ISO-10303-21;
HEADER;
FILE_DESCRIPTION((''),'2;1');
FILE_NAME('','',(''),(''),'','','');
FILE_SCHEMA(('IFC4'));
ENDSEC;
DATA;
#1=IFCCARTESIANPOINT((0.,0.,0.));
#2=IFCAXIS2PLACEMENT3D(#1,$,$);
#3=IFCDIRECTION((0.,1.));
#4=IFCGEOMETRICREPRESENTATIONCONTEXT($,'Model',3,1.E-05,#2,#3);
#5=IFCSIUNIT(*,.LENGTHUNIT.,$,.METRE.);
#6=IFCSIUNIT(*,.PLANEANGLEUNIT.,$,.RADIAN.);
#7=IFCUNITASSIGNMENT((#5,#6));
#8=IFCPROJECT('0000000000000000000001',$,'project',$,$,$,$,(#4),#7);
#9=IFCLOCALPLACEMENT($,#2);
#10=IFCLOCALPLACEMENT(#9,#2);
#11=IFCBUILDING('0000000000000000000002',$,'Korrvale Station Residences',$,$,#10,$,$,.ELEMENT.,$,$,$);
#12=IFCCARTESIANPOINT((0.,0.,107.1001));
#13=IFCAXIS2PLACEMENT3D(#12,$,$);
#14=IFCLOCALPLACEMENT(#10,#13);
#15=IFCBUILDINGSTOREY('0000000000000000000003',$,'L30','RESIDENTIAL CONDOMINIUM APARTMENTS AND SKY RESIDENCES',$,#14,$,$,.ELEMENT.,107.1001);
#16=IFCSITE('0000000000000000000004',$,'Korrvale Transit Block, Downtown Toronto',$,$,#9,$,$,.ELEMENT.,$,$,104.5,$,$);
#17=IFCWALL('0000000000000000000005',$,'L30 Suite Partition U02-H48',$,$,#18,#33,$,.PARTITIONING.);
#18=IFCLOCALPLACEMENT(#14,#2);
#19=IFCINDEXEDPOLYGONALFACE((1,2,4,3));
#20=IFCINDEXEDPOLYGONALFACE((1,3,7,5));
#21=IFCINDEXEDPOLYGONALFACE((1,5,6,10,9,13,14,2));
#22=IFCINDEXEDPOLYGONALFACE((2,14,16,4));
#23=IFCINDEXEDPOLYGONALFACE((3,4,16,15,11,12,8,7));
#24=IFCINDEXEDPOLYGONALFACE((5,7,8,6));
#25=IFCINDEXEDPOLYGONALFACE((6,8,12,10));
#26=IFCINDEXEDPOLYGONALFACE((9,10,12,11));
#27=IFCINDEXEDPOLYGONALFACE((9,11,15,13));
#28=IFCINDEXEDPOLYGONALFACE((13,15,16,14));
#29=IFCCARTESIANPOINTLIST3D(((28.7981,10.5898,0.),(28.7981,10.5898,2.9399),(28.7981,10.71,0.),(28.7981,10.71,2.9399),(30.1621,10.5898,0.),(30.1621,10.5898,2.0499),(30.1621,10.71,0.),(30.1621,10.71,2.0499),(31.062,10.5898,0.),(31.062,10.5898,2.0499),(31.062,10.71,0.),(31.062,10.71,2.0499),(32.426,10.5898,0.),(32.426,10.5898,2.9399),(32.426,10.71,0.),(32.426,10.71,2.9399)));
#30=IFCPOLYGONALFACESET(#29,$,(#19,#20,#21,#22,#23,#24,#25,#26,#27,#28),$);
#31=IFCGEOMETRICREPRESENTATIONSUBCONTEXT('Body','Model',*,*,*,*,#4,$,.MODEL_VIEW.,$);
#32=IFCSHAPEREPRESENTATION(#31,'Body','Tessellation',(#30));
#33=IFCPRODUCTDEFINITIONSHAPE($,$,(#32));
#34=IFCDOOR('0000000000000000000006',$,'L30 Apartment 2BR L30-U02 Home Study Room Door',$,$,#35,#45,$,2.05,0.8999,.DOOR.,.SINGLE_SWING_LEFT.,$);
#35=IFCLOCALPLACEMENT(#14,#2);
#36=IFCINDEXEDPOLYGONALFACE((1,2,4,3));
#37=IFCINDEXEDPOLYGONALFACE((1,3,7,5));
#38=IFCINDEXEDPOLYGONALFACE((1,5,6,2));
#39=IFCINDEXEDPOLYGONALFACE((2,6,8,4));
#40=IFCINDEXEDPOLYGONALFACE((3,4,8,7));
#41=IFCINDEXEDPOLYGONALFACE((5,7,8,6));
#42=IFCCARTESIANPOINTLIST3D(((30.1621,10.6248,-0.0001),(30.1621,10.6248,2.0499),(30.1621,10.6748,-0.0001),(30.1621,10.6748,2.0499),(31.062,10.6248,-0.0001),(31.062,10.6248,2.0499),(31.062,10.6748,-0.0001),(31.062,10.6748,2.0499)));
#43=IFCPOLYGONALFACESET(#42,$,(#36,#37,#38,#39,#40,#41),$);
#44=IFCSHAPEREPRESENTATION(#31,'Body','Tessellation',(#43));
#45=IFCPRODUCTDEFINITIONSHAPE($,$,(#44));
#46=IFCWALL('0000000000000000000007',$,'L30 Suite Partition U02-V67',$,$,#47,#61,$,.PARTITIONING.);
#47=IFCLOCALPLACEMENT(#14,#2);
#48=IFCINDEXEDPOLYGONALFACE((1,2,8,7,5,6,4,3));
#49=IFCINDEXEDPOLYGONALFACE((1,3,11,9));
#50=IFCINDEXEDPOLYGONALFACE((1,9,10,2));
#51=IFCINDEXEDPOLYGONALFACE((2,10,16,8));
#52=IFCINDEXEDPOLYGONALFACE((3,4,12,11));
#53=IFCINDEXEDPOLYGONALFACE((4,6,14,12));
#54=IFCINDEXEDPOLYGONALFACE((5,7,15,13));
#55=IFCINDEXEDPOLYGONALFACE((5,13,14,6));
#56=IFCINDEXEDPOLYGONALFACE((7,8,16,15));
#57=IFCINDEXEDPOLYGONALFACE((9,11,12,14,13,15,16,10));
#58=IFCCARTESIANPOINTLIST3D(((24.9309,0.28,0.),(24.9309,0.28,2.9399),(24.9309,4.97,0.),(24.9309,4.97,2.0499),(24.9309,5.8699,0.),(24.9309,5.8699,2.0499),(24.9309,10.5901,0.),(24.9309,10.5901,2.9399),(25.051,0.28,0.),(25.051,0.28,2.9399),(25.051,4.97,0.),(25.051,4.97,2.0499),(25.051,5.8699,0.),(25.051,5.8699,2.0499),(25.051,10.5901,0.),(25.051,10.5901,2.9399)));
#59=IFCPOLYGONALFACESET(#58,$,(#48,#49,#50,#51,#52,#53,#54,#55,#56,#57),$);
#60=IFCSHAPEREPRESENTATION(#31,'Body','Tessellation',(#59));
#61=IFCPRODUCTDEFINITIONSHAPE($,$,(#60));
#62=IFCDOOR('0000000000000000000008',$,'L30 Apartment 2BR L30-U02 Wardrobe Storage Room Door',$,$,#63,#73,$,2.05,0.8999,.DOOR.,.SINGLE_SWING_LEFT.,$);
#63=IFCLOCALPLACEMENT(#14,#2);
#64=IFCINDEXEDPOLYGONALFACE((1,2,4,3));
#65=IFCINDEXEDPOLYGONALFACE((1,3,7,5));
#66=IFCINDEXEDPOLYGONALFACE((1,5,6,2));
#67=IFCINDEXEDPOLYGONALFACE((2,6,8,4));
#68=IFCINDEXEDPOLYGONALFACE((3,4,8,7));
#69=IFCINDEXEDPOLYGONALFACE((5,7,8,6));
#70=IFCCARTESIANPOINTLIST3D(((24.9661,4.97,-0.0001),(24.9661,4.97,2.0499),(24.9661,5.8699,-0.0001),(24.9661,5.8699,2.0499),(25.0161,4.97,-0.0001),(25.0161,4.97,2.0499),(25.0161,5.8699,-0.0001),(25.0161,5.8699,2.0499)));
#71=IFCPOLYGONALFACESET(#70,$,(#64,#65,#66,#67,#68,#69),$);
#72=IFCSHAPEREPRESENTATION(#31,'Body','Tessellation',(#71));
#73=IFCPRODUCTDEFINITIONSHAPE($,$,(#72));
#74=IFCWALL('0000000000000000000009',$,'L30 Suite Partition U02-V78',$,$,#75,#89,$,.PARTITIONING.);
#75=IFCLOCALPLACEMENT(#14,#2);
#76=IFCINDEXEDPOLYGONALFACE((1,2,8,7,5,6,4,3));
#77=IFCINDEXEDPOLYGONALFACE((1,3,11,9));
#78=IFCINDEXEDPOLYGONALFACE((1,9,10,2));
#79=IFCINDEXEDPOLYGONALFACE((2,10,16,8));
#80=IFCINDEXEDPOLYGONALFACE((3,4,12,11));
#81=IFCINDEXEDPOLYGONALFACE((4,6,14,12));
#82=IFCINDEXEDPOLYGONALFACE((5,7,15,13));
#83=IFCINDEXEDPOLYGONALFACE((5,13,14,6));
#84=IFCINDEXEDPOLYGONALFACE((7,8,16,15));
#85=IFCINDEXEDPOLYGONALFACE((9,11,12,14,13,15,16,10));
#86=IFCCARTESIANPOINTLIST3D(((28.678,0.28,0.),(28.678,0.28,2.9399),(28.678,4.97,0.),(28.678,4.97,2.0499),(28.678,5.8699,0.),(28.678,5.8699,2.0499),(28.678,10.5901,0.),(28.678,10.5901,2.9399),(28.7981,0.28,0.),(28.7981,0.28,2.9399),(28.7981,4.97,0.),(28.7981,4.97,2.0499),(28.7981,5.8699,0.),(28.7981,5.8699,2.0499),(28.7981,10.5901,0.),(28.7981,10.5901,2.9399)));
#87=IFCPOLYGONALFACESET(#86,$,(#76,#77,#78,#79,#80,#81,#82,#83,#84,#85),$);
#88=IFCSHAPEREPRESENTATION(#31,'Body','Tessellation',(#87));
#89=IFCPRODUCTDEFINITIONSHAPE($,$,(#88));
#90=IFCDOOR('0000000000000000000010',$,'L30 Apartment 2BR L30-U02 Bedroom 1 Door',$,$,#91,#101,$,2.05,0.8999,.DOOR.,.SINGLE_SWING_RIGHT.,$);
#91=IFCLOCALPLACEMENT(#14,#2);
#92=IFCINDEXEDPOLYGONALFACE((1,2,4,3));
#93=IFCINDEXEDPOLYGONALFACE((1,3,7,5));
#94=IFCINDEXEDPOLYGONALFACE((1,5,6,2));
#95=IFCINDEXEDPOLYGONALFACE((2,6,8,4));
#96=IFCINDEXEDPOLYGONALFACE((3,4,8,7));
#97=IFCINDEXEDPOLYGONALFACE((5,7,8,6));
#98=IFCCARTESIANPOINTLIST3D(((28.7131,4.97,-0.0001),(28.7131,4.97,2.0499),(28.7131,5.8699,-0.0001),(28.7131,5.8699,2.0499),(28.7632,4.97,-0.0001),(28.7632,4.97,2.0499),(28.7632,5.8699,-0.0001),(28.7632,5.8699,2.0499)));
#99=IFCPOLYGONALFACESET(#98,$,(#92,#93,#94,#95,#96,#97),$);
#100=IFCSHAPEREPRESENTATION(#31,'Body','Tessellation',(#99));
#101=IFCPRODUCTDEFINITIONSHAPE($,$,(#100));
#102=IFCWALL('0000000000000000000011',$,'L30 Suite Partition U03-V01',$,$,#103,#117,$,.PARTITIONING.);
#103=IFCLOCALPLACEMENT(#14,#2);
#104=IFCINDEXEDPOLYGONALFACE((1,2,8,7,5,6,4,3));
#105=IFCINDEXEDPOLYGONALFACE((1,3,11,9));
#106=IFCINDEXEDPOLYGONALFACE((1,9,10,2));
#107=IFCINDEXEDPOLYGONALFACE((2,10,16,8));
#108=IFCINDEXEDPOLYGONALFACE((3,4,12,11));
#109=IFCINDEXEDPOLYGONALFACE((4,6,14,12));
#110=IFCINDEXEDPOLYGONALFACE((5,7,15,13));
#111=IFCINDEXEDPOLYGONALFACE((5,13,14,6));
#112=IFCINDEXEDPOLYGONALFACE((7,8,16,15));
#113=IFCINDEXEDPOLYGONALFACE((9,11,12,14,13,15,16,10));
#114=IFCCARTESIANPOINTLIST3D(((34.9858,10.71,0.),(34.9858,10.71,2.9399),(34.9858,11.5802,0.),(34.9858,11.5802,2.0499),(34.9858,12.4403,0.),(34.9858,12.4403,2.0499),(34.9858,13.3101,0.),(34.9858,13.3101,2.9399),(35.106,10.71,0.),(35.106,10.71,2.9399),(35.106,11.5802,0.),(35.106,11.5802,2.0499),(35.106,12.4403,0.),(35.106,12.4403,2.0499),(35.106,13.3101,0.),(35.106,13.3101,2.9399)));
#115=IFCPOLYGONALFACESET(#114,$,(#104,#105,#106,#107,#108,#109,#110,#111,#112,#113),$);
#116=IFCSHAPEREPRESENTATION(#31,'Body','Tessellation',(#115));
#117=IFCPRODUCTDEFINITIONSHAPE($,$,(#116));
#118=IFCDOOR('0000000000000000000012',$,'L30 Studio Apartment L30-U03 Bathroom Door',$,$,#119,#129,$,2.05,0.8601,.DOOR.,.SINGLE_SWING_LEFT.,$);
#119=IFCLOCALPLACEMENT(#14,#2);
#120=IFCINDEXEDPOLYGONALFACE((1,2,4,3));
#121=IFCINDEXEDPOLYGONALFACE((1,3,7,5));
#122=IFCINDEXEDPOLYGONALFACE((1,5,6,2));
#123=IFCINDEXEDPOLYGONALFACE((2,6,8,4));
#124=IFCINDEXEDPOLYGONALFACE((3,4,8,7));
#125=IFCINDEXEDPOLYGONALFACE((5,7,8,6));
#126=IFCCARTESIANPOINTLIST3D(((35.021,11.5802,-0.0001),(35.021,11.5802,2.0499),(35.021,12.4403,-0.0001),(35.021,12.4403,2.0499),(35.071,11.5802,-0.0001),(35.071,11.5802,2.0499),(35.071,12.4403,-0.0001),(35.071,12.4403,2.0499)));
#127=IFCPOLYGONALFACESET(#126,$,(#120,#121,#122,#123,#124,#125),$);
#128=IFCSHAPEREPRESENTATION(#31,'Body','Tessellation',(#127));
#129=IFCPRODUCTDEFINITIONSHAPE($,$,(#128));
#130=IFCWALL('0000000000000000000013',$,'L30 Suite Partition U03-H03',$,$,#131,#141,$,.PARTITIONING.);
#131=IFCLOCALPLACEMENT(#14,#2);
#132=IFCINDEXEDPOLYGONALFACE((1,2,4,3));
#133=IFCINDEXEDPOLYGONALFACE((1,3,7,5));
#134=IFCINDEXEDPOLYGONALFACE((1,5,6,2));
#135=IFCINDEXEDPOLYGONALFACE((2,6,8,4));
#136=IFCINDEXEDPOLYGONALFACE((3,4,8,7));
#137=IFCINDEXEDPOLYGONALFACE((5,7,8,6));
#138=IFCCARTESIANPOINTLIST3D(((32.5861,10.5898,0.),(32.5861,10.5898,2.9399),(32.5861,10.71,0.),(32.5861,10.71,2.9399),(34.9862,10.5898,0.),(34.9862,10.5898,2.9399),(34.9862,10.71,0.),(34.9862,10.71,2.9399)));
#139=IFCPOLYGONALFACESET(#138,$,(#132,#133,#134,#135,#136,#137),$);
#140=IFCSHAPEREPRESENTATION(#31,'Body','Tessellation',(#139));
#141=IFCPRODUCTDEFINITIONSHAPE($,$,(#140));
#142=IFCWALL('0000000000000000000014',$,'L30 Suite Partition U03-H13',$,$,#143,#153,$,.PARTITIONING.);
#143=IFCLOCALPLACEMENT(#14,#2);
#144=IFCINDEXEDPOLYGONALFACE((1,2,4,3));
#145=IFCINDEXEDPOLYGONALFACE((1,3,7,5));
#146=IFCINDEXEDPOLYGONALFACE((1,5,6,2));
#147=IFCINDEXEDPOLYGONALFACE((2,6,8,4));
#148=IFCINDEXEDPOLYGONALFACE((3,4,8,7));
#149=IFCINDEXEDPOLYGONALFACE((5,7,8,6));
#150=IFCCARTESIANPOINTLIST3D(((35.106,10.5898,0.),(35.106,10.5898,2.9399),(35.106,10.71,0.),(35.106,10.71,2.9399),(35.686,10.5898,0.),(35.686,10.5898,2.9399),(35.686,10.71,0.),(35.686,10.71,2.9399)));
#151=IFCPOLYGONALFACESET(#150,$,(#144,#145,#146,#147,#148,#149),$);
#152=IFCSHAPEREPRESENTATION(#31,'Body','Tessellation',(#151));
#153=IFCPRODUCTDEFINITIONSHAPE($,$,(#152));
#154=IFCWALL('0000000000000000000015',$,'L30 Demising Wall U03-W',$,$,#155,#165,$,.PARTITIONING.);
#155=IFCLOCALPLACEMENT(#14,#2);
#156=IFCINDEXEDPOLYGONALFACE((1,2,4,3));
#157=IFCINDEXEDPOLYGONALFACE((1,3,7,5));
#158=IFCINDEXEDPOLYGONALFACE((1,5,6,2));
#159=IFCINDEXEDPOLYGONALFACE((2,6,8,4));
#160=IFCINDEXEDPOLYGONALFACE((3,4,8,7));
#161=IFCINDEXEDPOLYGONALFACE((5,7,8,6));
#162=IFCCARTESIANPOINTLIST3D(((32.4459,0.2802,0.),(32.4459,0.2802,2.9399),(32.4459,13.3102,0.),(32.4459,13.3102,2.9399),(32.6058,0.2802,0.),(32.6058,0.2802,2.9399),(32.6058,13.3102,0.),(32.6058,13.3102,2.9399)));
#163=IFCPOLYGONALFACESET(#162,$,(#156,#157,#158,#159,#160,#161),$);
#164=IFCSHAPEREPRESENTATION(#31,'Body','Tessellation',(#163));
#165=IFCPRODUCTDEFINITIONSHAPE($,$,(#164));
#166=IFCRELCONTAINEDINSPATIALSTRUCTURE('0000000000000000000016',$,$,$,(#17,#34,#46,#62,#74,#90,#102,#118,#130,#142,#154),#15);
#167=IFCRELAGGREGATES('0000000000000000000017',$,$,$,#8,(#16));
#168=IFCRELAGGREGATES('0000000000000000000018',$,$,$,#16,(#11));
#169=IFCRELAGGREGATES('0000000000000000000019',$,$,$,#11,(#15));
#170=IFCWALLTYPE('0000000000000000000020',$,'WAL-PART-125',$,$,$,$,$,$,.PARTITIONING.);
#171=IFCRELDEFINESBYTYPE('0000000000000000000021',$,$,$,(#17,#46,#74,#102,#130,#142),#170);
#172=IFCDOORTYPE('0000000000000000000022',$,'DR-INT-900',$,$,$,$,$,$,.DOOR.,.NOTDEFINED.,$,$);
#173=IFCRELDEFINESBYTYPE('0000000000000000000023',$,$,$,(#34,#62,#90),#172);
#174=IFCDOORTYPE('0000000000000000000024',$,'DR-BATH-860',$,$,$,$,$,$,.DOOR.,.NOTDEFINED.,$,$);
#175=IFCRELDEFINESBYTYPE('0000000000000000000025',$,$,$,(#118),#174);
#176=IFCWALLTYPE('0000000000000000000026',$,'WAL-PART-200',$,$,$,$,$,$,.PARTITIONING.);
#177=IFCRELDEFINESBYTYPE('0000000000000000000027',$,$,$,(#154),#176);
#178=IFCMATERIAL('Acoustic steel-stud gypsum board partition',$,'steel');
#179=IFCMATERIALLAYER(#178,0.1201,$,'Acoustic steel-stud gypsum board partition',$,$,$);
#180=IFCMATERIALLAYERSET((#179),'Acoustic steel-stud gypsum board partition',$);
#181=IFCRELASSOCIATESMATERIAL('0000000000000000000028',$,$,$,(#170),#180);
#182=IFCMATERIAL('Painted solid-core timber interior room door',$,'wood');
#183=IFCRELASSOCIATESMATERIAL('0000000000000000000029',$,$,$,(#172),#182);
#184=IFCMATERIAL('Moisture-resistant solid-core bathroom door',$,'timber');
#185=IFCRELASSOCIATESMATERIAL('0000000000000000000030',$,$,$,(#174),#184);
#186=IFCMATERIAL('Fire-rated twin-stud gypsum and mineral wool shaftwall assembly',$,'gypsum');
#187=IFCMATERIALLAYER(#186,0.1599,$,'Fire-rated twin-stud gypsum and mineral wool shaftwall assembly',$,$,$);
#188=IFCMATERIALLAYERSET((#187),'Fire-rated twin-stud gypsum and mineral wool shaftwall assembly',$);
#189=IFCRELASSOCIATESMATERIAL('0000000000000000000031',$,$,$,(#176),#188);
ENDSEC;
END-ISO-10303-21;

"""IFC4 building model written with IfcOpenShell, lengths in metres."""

from ifc_helpers import new_model, si_unit, direction, frame, frame_2d, origin, place, context, subcontext, project, spatial, rectangle, extrude, material, layer, layer_set, type_object, element, fill, save


model = new_model("IFC4")

# Units and contexts
model_context = context("Model", 3, precision=1e-05, world=origin(), true_north=direction((0.0, 1.0)))
body_context = subcontext(model_context, "Body", "Model", "MODEL_VIEW")
ifc_project = project(units=[si_unit("LENGTHUNIT", "METRE"), si_unit("PLANEANGLEUNIT", "RADIAN")], contexts=[model_context])

# Site, building, storey
site_placement = place(None, origin())
site = spatial("IfcSite", under=ifc_project, at=site_placement, Name="Korrvale Transit Block, Downtown Toronto", CompositionType="ELEMENT", RefElevation=104.5)
building_placement = place(site_placement, origin())
building = spatial("IfcBuilding", under=site, at=building_placement, Name="Korrvale Station Residences", CompositionType="ELEMENT")
storey_placement = place(building_placement, frame((0.0, 0.0, 107.1001)))
storey = spatial("IfcBuildingStorey", under=building, at=storey_placement, Name="L30", Description="RESIDENTIAL CONDOMINIUM APARTMENTS AND SKY RESIDENCES", CompositionType="ELEMENT", Elevation=107.1001)

# Walls, openings, doors
ifc_material_1 = material(Name="Acoustic steel-stud gypsum board partition", Category="steel")
ifc_layer_1 = layer(ifc_material_1, 0.1201, Name="Acoustic steel-stud gypsum board partition")
ifc_layer_set_1 = layer_set([ifc_layer_1], Name="Acoustic steel-stud gypsum board partition")
wall_type_1 = type_object("IfcWallType", Name="WAL-PART-125", PredefinedType="PARTITIONING", material=ifc_layer_set_1)
ifc_material_2 = material(Name="Painted solid-core timber interior room door", Category="wood")
door_type_1 = type_object("IfcDoorType", Name="DR-INT-900", OperationType="NOTDEFINED", PredefinedType="DOOR", material=ifc_material_2)
wall_1_placement = place(storey_placement, frame((28.7981, 10.6499, 0.0), z_axis=(0.0, 0.0, 1.0), x_axis=(1.0, 0.0, 0.0)))
wall_1 = element("IfcWall", 1, at=wall_1_placement, inside=storey, type_object=wall_type_1, Name="L30 Suite Partition U02-H48", PredefinedType="PARTITIONING", context=body_context, shape_type="SweptSolid", body=[
    extrude(rectangle(XDim=3.6279, YDim=0.1201, at=frame_2d((1.814, 0.0))), origin(), (0.0, 0.0, 1.0), 2.9399),
])
opening_1_placement = place(wall_1_placement, frame((1.364, 0.0, 0.0)))
opening_1 = element("IfcOpeningElement", 2, at=opening_1_placement, cuts=wall_1, PredefinedType="OPENING", context=body_context, shape_type="SweptSolid", body=[
    extrude(rectangle(XDim=0.8999, YDim=2.05, at=frame_2d((0.45, 1.0249))), frame((0.0, 0.0701, 0.0), z_axis=(0.0, -1.0, 0.0), x_axis=(1.0, 0.0, 0.0)), (0.0, 0.0, 1.0), 0.1401),
])
door_1_placement = place(opening_1_placement, origin())
door_1 = element("IfcDoor", 3, at=door_1_placement, inside=storey, type_object=door_type_1, Name="L30 Apartment 2BR L30-U02 Home Study Room Door", OperationType="SINGLE_SWING_LEFT", OverallHeight=2.05, OverallWidth=0.8999, PredefinedType="DOOR", context=body_context, shape_type="SweptSolid", body=[
    extrude(rectangle(XDim=0.8999, YDim=2.05, at=frame_2d((0.45, 1.0249))), frame((0.0, 0.0249, 0.0), z_axis=(0.0, -1.0, 0.0), x_axis=(1.0, 0.0, 0.0)), (0.0, 0.0, 1.0), 0.05),
])
fill(opening_1, door_1)
wall_2_placement = place(storey_placement, frame((24.991, 0.28, 0.0), z_axis=(0.0, 0.0, 1.0), x_axis=(0.0, 1.0, 0.0)))
wall_2 = element("IfcWall", 4, at=wall_2_placement, inside=storey, type_object=wall_type_1, Name="L30 Suite Partition U02-V67", PredefinedType="PARTITIONING", context=body_context, shape_type="SweptSolid", body=[
    extrude(rectangle(XDim=10.3101, YDim=0.1201, at=frame_2d((5.155, 0.0))), origin(), (0.0, 0.0, 1.0), 2.9399),
])
opening_2_placement = place(wall_2_placement, frame((4.6899, 0.0, 0.0)))
opening_2 = element("IfcOpeningElement", 5, at=opening_2_placement, cuts=wall_2, PredefinedType="OPENING", context=body_context, shape_type="SweptSolid", body=[
    extrude(rectangle(XDim=0.8999, YDim=2.05, at=frame_2d((0.45, 1.0249))), frame((0.0, 0.0701, 0.0), z_axis=(0.0, -1.0, 0.0), x_axis=(1.0, 0.0, 0.0)), (0.0, 0.0, 1.0), 0.1401),
])
door_2_placement = place(opening_2_placement, origin())
door_2 = element("IfcDoor", 6, at=door_2_placement, inside=storey, type_object=door_type_1, Name="L30 Apartment 2BR L30-U02 Wardrobe Storage Room Door", OperationType="SINGLE_SWING_LEFT", OverallHeight=2.05, OverallWidth=0.8999, PredefinedType="DOOR", context=body_context, shape_type="SweptSolid", body=[
    extrude(rectangle(XDim=0.8999, YDim=2.05, at=frame_2d((0.45, 1.0249))), frame((0.0, 0.0249, 0.0), z_axis=(0.0, -1.0, 0.0), x_axis=(1.0, 0.0, 0.0)), (0.0, 0.0, 1.0), 0.05),
])
fill(opening_2, door_2)
wall_3_placement = place(storey_placement, frame((28.738, 0.28, 0.0), z_axis=(0.0, 0.0, 1.0), x_axis=(0.0, 1.0, 0.0)))
wall_3 = element("IfcWall", 7, at=wall_3_placement, inside=storey, type_object=wall_type_1, Name="L30 Suite Partition U02-V78", PredefinedType="PARTITIONING", context=body_context, shape_type="SweptSolid", body=[
    extrude(rectangle(XDim=10.3101, YDim=0.1201, at=frame_2d((5.155, 0.0))), origin(), (0.0, 0.0, 1.0), 2.9399),
])
opening_3_placement = place(wall_3_placement, frame((4.6899, 0.0, 0.0)))
opening_3 = element("IfcOpeningElement", 8, at=opening_3_placement, cuts=wall_3, PredefinedType="OPENING", context=body_context, shape_type="SweptSolid", body=[
    extrude(rectangle(XDim=0.8999, YDim=2.05, at=frame_2d((0.45, 1.0249))), frame((0.0, 0.0701, 0.0), z_axis=(0.0, -1.0, 0.0), x_axis=(1.0, 0.0, 0.0)), (0.0, 0.0, 1.0), 0.1401),
])
door_3_placement = place(opening_3_placement, origin())
door_3 = element("IfcDoor", 9, at=door_3_placement, inside=storey, type_object=door_type_1, Name="L30 Apartment 2BR L30-U02 Bedroom 1 Door", OperationType="SINGLE_SWING_RIGHT", OverallHeight=2.05, OverallWidth=0.8999, PredefinedType="DOOR", context=body_context, shape_type="SweptSolid", body=[
    extrude(rectangle(XDim=0.8999, YDim=2.05, at=frame_2d((0.45, 1.0249))), frame((0.0, 0.0249, 0.0), z_axis=(0.0, -1.0, 0.0), x_axis=(1.0, 0.0, 0.0)), (0.0, 0.0, 1.0), 0.05),
])
fill(opening_3, door_3)
wall_4_placement = place(storey_placement, frame((35.0459, 10.71, 0.0), z_axis=(0.0, 0.0, 1.0), x_axis=(0.0, 1.0, 0.0)))
wall_4 = element("IfcWall", 10, at=wall_4_placement, inside=storey, type_object=wall_type_1, Name="L30 Suite Partition U03-V01", PredefinedType="PARTITIONING", context=body_context, shape_type="SweptSolid", body=[
    extrude(rectangle(XDim=2.6001, YDim=0.1201, at=frame_2d((1.3, 0.0))), origin(), (0.0, 0.0, 1.0), 2.9399),
])
opening_4_placement = place(wall_4_placement, frame((0.8701, 0.0, 0.0)))
opening_4 = element("IfcOpeningElement", 11, at=opening_4_placement, cuts=wall_4, PredefinedType="OPENING", context=body_context, shape_type="SweptSolid", body=[
    extrude(rectangle(XDim=0.8601, YDim=2.05, at=frame_2d((0.4302, 1.0249))), frame((0.0, 0.0701, 0.0), z_axis=(0.0, -1.0, 0.0), x_axis=(1.0, 0.0, 0.0)), (0.0, 0.0, 1.0), 0.1401),
])
ifc_material_3 = material(Name="Moisture-resistant solid-core bathroom door", Category="timber")
door_type_2 = type_object("IfcDoorType", Name="DR-BATH-860", OperationType="NOTDEFINED", PredefinedType="DOOR", material=ifc_material_3)
door_4_placement = place(opening_4_placement, origin())
door_4 = element("IfcDoor", 12, at=door_4_placement, inside=storey, type_object=door_type_2, Name="L30 Studio Apartment L30-U03 Bathroom Door", OperationType="SINGLE_SWING_LEFT", OverallHeight=2.05, OverallWidth=0.8601, PredefinedType="DOOR", context=body_context, shape_type="SweptSolid", body=[
    extrude(rectangle(XDim=0.8601, YDim=2.05, at=frame_2d((0.4302, 1.0249))), frame((0.0, 0.0249, 0.0), z_axis=(0.0, -1.0, 0.0), x_axis=(1.0, 0.0, 0.0)), (0.0, 0.0, 1.0), 0.05),
])
fill(opening_4, door_4)

# Walls
wall_5_placement = place(storey_placement, frame((32.5859, 10.6499, 0.0), z_axis=(0.0, 0.0, 1.0), x_axis=(1.0, 0.0, 0.0)))
element("IfcWall", 13, at=wall_5_placement, inside=storey, type_object=wall_type_1, Name="L30 Suite Partition U03-H03", PredefinedType="PARTITIONING", context=body_context, shape_type="SweptSolid", body=[
    extrude(rectangle(XDim=2.4001, YDim=0.1201, at=frame_2d((1.2002, 0.0))), origin(), (0.0, 0.0, 1.0), 2.9399),
])
wall_6_placement = place(storey_placement, frame((35.106, 10.6499, 0.0), z_axis=(0.0, 0.0, 1.0), x_axis=(1.0, 0.0, 0.0)))
element("IfcWall", 14, at=wall_6_placement, inside=storey, type_object=wall_type_1, Name="L30 Suite Partition U03-H13", PredefinedType="PARTITIONING", context=body_context, shape_type="SweptSolid", body=[
    extrude(rectangle(XDim=0.5801, YDim=0.1201, at=frame_2d((0.29, 0.0))), origin(), (0.0, 0.0, 1.0), 2.9399),
])
ifc_material_4 = material(Name="Fire-rated twin-stud gypsum and mineral wool shaftwall assembly", Category="gypsum")
ifc_layer_2 = layer(ifc_material_4, 0.1599, Name="Fire-rated twin-stud gypsum and mineral wool shaftwall assembly")
ifc_layer_set_2 = layer_set([ifc_layer_2], Name="Fire-rated twin-stud gypsum and mineral wool shaftwall assembly")
wall_type_2 = type_object("IfcWallType", Name="WAL-PART-200", PredefinedType="PARTITIONING", material=ifc_layer_set_2)
wall_7_placement = place(storey_placement, frame((32.5259, 0.28, 0.0), z_axis=(0.0, 0.0, 1.0), x_axis=(0.0, 1.0, 0.0)))
element("IfcWall", 15, at=wall_7_placement, inside=storey, type_object=wall_type_2, Name="L30 Demising Wall U03-W", PredefinedType="PARTITIONING", context=body_context, shape_type="SweptSolid", body=[
    extrude(rectangle(XDim=13.03, YDim=0.1599, at=frame_2d((6.5151, 0.0))), origin(), (0.0, 0.0, 1.0), 2.9399),
])

save(model, "model.ifc")
